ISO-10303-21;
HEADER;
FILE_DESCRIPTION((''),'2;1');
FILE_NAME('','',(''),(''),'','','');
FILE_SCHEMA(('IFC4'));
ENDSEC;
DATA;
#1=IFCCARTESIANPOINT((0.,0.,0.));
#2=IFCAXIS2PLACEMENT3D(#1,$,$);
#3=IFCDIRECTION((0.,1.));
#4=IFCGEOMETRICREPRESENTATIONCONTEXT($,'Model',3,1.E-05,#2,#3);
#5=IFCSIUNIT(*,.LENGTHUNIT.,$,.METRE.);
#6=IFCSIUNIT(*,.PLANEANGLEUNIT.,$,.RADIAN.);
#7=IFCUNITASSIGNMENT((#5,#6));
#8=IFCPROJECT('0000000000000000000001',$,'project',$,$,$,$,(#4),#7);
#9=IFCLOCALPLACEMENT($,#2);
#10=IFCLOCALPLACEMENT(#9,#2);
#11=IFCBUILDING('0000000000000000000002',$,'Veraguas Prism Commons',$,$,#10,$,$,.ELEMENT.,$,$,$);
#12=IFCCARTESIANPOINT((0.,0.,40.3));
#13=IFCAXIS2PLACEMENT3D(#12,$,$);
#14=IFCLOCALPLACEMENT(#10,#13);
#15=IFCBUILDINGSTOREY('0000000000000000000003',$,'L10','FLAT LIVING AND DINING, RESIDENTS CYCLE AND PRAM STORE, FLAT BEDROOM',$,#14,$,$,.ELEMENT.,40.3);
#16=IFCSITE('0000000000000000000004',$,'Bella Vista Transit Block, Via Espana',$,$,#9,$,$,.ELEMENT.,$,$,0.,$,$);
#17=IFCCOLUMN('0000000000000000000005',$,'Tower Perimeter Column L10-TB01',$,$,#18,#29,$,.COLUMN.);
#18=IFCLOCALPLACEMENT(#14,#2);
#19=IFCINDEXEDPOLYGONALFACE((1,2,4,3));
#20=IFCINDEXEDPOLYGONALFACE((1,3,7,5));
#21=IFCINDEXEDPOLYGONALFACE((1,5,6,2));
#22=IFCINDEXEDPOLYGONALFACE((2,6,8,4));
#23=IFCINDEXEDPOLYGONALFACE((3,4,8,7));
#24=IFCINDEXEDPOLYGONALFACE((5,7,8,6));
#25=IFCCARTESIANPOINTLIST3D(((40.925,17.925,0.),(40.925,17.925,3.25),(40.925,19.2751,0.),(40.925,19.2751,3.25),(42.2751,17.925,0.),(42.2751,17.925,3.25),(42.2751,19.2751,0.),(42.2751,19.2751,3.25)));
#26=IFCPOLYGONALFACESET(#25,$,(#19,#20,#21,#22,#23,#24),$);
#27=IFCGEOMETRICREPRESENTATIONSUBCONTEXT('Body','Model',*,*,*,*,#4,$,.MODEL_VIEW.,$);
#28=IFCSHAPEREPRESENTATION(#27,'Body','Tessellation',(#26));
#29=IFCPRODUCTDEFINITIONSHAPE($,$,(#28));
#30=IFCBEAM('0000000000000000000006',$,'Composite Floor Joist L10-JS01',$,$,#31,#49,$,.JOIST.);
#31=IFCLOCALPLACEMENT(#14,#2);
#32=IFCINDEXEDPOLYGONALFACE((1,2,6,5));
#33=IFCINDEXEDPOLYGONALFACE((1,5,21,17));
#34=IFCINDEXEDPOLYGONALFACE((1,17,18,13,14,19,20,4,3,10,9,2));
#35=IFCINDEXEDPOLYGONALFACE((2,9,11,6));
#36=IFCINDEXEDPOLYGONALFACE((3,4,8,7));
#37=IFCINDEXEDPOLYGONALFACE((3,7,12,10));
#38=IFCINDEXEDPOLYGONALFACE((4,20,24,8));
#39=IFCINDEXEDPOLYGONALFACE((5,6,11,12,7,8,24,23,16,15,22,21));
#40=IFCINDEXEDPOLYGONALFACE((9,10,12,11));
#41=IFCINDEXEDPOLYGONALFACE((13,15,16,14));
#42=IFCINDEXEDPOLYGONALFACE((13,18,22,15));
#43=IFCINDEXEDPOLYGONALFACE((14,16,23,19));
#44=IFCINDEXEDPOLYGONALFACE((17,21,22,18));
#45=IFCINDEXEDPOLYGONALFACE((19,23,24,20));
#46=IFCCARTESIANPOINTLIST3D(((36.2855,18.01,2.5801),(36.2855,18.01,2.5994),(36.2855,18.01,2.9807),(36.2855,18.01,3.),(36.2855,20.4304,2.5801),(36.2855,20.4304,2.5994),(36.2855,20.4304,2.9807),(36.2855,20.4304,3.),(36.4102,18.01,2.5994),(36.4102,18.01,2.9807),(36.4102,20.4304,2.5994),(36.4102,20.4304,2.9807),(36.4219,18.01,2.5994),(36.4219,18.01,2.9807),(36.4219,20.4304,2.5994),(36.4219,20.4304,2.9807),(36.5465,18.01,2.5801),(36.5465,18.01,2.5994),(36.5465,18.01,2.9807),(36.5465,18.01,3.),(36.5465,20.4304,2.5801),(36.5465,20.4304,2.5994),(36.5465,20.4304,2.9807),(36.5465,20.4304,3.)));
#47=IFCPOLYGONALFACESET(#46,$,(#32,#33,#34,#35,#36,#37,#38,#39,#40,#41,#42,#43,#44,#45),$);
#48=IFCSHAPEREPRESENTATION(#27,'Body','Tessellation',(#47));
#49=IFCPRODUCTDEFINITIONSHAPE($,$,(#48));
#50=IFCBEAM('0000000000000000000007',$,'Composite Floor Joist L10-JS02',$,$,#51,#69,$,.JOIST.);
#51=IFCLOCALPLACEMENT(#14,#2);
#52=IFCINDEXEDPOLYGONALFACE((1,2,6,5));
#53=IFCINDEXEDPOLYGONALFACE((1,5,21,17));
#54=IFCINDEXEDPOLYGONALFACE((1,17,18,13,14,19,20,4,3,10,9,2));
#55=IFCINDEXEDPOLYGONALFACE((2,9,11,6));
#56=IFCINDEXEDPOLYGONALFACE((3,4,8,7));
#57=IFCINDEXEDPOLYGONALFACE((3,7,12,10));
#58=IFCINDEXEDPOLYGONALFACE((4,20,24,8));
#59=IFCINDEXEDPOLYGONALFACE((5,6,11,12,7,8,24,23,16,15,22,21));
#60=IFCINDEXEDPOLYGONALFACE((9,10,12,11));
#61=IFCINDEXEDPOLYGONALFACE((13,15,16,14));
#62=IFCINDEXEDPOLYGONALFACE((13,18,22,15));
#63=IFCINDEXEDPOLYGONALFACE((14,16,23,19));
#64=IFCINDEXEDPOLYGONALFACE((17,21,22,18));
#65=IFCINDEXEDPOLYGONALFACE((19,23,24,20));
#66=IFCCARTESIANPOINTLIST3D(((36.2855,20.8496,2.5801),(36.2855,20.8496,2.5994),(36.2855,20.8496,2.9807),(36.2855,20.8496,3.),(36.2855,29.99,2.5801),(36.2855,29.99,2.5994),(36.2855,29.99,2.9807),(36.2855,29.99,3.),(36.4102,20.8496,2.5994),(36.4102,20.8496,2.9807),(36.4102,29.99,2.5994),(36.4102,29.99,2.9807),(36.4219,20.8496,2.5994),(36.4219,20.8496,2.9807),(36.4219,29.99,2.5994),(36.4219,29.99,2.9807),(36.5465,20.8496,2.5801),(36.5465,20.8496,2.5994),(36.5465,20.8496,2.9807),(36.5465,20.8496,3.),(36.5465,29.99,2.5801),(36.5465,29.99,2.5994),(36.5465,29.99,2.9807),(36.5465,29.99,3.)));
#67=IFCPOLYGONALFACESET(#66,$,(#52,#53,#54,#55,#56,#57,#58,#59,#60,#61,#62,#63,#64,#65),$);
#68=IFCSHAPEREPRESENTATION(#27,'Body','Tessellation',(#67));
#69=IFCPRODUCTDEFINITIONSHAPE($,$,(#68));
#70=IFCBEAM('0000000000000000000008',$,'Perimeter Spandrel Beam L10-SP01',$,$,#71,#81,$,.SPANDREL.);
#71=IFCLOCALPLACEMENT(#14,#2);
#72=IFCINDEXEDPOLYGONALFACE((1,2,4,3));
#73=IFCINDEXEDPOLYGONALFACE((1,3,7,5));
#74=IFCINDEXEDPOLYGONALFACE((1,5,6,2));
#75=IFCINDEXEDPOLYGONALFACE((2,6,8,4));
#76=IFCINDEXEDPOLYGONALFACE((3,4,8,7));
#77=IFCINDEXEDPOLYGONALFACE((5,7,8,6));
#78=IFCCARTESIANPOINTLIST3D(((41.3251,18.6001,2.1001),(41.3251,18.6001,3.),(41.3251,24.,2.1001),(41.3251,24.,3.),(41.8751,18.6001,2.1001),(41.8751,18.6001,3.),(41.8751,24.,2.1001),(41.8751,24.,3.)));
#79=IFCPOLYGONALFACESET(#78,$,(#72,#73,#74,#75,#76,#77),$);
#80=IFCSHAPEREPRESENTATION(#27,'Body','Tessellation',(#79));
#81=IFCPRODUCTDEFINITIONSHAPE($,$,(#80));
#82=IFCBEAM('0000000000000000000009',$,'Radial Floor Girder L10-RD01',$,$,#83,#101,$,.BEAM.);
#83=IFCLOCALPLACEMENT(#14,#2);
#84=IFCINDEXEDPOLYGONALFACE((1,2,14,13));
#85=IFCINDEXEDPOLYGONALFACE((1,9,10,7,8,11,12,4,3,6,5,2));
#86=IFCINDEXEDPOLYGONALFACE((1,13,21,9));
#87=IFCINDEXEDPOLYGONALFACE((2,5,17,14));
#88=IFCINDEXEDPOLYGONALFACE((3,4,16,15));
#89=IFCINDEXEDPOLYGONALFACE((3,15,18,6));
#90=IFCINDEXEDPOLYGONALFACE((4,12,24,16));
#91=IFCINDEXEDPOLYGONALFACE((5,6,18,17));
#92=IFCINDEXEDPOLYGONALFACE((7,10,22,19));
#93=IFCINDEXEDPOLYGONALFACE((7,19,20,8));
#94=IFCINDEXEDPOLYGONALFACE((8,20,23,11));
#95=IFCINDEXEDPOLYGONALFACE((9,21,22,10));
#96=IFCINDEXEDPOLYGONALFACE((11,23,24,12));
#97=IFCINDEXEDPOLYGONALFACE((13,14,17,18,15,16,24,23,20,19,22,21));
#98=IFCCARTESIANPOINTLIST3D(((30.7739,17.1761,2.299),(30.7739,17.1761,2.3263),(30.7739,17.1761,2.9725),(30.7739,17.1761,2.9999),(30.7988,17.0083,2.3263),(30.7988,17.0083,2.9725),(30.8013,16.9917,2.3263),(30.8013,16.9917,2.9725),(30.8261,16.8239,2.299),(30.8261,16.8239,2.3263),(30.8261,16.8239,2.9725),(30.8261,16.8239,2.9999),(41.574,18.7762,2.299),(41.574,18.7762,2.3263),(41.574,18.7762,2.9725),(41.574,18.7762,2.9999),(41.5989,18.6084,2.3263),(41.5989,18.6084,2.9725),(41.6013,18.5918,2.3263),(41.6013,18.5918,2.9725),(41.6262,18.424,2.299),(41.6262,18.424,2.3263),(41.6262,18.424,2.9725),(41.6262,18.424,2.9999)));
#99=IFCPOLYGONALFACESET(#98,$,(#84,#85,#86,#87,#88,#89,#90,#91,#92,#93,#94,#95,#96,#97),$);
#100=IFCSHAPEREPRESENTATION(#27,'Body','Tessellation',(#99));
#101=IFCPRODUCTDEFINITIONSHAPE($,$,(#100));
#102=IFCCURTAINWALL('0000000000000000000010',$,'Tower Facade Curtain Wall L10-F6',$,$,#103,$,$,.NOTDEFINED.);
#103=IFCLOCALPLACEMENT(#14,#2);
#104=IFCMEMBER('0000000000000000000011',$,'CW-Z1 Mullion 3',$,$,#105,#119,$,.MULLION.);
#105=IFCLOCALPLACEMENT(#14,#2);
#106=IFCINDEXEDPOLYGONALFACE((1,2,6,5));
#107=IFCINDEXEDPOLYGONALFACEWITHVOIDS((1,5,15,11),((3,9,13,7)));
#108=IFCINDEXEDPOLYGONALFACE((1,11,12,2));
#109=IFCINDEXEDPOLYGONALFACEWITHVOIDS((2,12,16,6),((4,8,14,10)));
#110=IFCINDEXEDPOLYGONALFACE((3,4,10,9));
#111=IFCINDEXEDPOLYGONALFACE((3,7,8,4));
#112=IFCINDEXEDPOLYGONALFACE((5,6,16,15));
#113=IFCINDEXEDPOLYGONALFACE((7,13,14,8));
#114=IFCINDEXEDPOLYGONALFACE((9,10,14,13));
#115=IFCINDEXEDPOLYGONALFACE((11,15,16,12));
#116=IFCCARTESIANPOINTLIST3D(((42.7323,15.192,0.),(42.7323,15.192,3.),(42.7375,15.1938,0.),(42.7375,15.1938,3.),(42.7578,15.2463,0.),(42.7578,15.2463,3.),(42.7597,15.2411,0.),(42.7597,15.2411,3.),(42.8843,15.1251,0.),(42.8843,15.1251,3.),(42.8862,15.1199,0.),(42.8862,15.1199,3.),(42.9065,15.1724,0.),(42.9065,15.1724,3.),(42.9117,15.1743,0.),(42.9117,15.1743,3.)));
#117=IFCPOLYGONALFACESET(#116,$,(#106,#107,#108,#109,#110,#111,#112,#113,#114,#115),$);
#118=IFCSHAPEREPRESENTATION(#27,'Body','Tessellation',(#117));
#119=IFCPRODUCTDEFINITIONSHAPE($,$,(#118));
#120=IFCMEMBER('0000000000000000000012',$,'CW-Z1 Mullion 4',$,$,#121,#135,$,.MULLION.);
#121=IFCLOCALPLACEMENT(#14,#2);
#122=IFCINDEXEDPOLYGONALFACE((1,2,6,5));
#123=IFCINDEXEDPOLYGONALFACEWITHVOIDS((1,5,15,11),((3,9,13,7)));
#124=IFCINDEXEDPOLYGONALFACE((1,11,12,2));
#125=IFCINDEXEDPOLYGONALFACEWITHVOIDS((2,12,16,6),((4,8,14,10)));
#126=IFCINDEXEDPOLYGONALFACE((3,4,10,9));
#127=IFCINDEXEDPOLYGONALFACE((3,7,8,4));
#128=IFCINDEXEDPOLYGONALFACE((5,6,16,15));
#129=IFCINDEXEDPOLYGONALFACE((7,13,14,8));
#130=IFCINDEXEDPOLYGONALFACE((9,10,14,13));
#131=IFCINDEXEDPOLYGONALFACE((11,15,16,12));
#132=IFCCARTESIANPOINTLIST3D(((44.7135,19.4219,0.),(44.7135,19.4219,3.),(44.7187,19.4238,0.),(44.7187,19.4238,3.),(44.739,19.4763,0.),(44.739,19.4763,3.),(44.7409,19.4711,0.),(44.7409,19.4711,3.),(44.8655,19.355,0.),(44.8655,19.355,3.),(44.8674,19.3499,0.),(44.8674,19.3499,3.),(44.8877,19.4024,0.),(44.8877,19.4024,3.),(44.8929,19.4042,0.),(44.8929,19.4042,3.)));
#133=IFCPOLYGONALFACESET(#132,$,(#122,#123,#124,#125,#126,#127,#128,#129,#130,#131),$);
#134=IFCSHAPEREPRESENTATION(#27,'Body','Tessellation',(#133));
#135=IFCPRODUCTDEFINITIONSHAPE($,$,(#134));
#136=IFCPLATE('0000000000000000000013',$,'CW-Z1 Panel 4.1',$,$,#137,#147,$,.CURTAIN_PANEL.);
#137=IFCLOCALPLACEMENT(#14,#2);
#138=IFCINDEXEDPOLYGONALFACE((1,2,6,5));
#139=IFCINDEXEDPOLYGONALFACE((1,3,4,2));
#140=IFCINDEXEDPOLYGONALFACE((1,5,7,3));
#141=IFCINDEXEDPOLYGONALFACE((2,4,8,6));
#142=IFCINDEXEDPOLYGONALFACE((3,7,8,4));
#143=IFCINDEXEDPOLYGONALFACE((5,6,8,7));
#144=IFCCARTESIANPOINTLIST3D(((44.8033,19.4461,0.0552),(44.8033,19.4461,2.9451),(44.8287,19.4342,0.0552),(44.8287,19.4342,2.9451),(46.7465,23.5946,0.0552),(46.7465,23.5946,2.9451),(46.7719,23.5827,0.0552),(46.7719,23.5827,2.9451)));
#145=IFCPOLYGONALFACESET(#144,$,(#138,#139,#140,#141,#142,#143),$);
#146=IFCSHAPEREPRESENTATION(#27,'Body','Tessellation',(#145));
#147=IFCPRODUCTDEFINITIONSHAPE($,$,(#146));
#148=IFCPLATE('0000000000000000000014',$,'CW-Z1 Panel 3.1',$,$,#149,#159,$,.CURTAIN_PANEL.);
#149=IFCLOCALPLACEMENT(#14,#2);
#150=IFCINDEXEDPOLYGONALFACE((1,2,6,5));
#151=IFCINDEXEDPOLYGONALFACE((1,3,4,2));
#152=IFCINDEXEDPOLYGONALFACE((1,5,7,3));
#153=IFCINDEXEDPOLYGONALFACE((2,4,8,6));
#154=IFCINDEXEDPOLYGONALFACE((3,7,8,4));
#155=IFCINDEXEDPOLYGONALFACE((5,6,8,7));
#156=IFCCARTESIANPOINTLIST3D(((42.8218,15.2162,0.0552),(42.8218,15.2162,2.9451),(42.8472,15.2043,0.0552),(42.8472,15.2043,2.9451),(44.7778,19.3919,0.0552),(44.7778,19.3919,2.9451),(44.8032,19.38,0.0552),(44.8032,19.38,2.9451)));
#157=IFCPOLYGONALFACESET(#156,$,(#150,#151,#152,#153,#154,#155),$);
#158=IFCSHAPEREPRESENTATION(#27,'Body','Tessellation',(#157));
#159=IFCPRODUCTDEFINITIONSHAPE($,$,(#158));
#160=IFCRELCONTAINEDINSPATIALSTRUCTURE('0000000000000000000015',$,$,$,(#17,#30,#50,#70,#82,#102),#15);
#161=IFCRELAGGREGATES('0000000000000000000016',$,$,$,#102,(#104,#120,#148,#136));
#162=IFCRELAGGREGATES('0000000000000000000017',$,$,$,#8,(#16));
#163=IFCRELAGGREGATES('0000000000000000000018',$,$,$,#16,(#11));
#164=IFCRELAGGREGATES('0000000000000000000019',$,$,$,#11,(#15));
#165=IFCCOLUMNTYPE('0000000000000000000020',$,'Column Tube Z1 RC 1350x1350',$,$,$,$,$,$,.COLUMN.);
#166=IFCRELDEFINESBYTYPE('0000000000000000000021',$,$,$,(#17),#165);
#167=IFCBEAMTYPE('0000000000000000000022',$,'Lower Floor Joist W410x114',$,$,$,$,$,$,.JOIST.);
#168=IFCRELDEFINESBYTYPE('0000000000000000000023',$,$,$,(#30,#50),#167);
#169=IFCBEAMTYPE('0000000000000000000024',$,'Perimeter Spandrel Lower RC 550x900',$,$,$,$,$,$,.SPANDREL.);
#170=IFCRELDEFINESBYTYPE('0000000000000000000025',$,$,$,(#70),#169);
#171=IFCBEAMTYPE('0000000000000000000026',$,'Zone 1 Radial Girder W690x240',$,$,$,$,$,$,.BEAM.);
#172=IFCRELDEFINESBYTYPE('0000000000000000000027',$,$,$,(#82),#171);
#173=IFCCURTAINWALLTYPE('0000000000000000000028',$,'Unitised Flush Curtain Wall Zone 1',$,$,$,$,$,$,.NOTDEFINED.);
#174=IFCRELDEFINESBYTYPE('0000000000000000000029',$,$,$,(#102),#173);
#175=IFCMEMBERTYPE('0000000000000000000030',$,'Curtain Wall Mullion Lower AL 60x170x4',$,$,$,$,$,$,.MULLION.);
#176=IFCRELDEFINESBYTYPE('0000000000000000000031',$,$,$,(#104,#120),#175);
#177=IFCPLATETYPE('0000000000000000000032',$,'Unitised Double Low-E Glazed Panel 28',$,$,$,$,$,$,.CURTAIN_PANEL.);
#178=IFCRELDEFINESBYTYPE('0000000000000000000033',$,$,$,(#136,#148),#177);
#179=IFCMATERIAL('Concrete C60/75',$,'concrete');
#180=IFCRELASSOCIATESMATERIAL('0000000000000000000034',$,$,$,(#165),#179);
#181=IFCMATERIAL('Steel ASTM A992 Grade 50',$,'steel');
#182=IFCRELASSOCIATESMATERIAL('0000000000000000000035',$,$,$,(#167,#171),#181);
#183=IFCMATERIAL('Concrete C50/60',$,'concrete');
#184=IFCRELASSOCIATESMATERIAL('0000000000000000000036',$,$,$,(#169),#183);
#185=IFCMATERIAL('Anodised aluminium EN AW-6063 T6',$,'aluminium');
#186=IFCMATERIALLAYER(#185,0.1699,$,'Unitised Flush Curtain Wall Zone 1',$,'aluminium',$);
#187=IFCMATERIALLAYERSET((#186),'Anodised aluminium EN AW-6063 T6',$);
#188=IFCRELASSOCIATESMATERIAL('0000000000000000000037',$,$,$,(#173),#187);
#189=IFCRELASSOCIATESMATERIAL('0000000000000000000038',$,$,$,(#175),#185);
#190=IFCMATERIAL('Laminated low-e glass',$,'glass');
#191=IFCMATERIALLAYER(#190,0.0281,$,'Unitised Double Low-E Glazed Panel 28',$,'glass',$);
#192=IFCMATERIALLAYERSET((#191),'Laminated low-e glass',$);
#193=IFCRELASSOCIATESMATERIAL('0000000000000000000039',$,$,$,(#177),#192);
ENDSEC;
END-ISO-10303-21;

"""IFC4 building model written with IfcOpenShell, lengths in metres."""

from ifc_helpers import new_model, si_unit, direction, frame, origin, origin_2d, place, context, subcontext, project, spatial, rectangle, hollow_rectangle, i_section, extrude, source, transform, mapped, material, layer, layer_set, material_profile, profile_set, type_object, element, aggregate, save


model = new_model("IFC4")

# Units and contexts
model_context = context("Model", 3, precision=1e-05, world=origin(), true_north=direction((0.0, 1.0)))
body_context = subcontext(model_context, "Body", "Model", "MODEL_VIEW")
ifc_project = project(units=[si_unit("LENGTHUNIT", "METRE"), si_unit("PLANEANGLEUNIT", "RADIAN")], contexts=[model_context])

# Site, building, storey
site_placement = place(None, origin())
site = spatial("IfcSite", under=ifc_project, at=site_placement, Name="Bella Vista Transit Block, Via Espana", CompositionType="ELEMENT", RefElevation=0.0)
building_placement = place(site_placement, origin())
building = spatial("IfcBuilding", under=site, at=building_placement, Name="Veraguas Prism Commons", CompositionType="ELEMENT")
storey_placement = place(building_placement, frame((0.0, 0.0, 40.3)))
storey = spatial("IfcBuildingStorey", under=building, at=storey_placement, Name="L10", Description="FLAT LIVING AND DINING, RESIDENTS CYCLE AND PRAM STORE, FLAT BEDROOM", CompositionType="ELEMENT", Elevation=40.3)

# Column
ifc_material_1 = material(Name="Concrete C60/75", Category="concrete")
ifc_material_profile_1 = material_profile(ifc_material_1, rectangle(XDim=1.3501, YDim=1.3501, at=origin_2d()), Name="RC1350X1350")
ifc_profile_set_1 = profile_set([ifc_material_profile_1], Name="Concrete C60/75")
column_type = type_object("IfcColumnType", Name="Column Tube Z1 RC 1350x1350", PredefinedType="COLUMN", material=ifc_profile_set_1)
column_placement = place(storey_placement, frame((41.6001, 18.6001, 0.0), z_axis=(0.0, 0.0, 1.0), x_axis=(1.0, 0.0, 0.0)))
element("IfcColumn", 1, at=column_placement, inside=storey, type_object=column_type, Name="Tower Perimeter Column L10-TB01", PredefinedType="COLUMN", context=body_context, shape_type="SweptSolid", body=[
    extrude(rectangle(XDim=1.3501, YDim=1.3501, at=origin_2d()), origin(), (0.0, 0.0, 1.0), 3.25),
])

# Beams
ifc_material_2 = material(Name="Steel ASTM A992 Grade 50", Category="steel")
ifc_material_profile_2 = material_profile(ifc_material_2, i_section(OverallWidth=0.261, OverallDepth=0.4199, WebThickness=0.0117, FlangeThickness=0.0193, at=origin_2d()), Name="W410X114")
ifc_profile_set_2 = profile_set([ifc_material_profile_2], Name="Steel ASTM A992 Grade 50")
beam_type_1 = type_object("IfcBeamType", Name="Lower Floor Joist W410x114", PredefinedType="JOIST", material=ifc_profile_set_2)
beam_1_placement = place(storey_placement, frame((36.416, 18.01, 2.79), z_axis=(0.0, 1.0, 0.0), x_axis=(-1.0, 0.0, 0.0)))
element("IfcBeam", 2, at=beam_1_placement, inside=storey, type_object=beam_type_1, Name="Composite Floor Joist L10-JS01", PredefinedType="JOIST", context=body_context, shape_type="SweptSolid", body=[
    extrude(i_section(OverallWidth=0.261, OverallDepth=0.4199, WebThickness=0.0117, FlangeThickness=0.0193, at=origin_2d()), origin(), (0.0, 0.0, 1.0), 2.4204),
])
beam_2_placement = place(storey_placement, frame((36.416, 20.8496, 2.79), z_axis=(0.0, 1.0, 0.0), x_axis=(-1.0, 0.0, 0.0)))
element("IfcBeam", 3, at=beam_2_placement, inside=storey, type_object=beam_type_1, Name="Composite Floor Joist L10-JS02", PredefinedType="JOIST", context=body_context, shape_type="SweptSolid", body=[
    extrude(i_section(OverallWidth=0.261, OverallDepth=0.4199, WebThickness=0.0117, FlangeThickness=0.0193, at=origin_2d()), origin(), (0.0, 0.0, 1.0), 9.1404),
])
ifc_material_3 = material(Name="Concrete C50/60", Category="concrete")
ifc_material_profile_3 = material_profile(ifc_material_3, rectangle(XDim=0.55, YDim=0.8999, at=origin_2d()), Name="RC550X900")
ifc_profile_set_3 = profile_set([ifc_material_profile_3], Name="Concrete C50/60")
beam_type_2 = type_object("IfcBeamType", Name="Perimeter Spandrel Lower RC 550x900", PredefinedType="SPANDREL", material=ifc_profile_set_3)
beam_3_placement = place(storey_placement, frame((41.6001, 18.6001, 2.55), z_axis=(0.0, 1.0, 0.0), x_axis=(-1.0, 0.0, 0.0)))
element("IfcBeam", 4, at=beam_3_placement, inside=storey, type_object=beam_type_2, Name="Perimeter Spandrel Beam L10-SP01", PredefinedType="SPANDREL", context=body_context, shape_type="SweptSolid", body=[
    extrude(rectangle(XDim=0.55, YDim=0.8999, at=origin_2d()), origin(), (0.0, 0.0, 1.0), 5.3999),
])
ifc_material_profile_4 = material_profile(ifc_material_2, i_section(OverallWidth=0.356, OverallDepth=0.7009, WebThickness=0.0168, FlangeThickness=0.0273, at=origin_2d()), Name="W690X240")
ifc_profile_set_4 = profile_set([ifc_material_profile_4], Name="Steel ASTM A992 Grade 50")
beam_type_3 = type_object("IfcBeamType", Name="Zone 1 Radial Girder W690x240", PredefinedType="BEAM", material=ifc_profile_set_4)
beam_4_placement = place(storey_placement, frame((41.6001, 18.6001, 2.6494), z_axis=(-0.989202, -0.146557, 0.0), x_axis=(0.146557, -0.989202, 0.0)))
element("IfcBeam", 5, at=beam_4_placement, inside=storey, type_object=beam_type_3, Name="Radial Floor Girder L10-RD01", PredefinedType="BEAM", context=body_context, shape_type="SweptSolid", body=[
    extrude(i_section(OverallWidth=0.356, OverallDepth=0.7009, WebThickness=0.0168, FlangeThickness=0.0273, at=origin_2d()), origin(), (0.0, 0.0, 1.0), 10.918),
])

# Curtain wall, members, plates
ifc_material_4 = material(Name="Anodised aluminium EN AW-6063 T6", Category="aluminium")
ifc_layer_1 = layer(ifc_material_4, 0.1699, Name="Unitised Flush Curtain Wall Zone 1", Category="aluminium")
ifc_layer_set_1 = layer_set([ifc_layer_1], Name="Anodised aluminium EN AW-6063 T6")
curtain_wall_type = type_object("IfcCurtainWallType", Name="Unitised Flush Curtain Wall Zone 1", PredefinedType="NOTDEFINED", material=ifc_layer_set_1)
curtain_wall_placement = place(storey_placement, origin())
curtain_wall = element("IfcCurtainWall", 6, at=curtain_wall_placement, inside=storey, type_object=curtain_wall_type, Name="Tower Facade Curtain Wall L10-F6", PredefinedType="NOTDEFINED")
ifc_material_profile_5 = material_profile(ifc_material_4, hollow_rectangle(XDim=0.0601, YDim=0.1699, WallThickness=0.0039, at=origin_2d()), Name="AL60X170X4")
ifc_profile_set_5 = profile_set([ifc_material_profile_5], Name="Anodised aluminium EN AW-6063 T6")
member_type = type_object("IfcMemberType", Name="Curtain Wall Mullion Lower AL 60x170x4", PredefinedType="MULLION", material=ifc_profile_set_5)
shared_shape_1 = source(origin(), body_context, "Body", "SweptSolid", [
    extrude(hollow_rectangle(XDim=0.0601, YDim=0.1699, WallThickness=0.0039, at=origin_2d()), origin(), (0.0, 0.0, 1.0), 3.0),
])
member_1_placement = place(storey_placement, frame((42.822, 15.1831, 0.0), z_axis=(0.0, 0.0, 1.0), x_axis=(0.424195, 0.905571, 0.0)))
member_1 = element("IfcMember", 7, at=member_1_placement, type_object=member_type, Name="CW-Z1 Mullion 3", PredefinedType="MULLION", context=body_context, shape_type="MappedRepresentation", body=[
    mapped(shared_shape_1, transform((0.0, 0.0, 0.0), scale=1.0)),
])
member_2_placement = place(storey_placement, frame((44.8032, 19.4131, 0.0), z_axis=(0.0, 0.0, 1.0), x_axis=(0.424195, 0.905571, 0.0)))
member_2 = element("IfcMember", 8, at=member_2_placement, type_object=member_type, Name="CW-Z1 Mullion 4", PredefinedType="MULLION", context=body_context, shape_type="MappedRepresentation", body=[
    mapped(shared_shape_1, transform((0.0, 0.0, 0.0), scale=1.0)),
])
ifc_material_5 = material(Name="Laminated low-e glass", Category="glass")
ifc_layer_2 = layer(ifc_material_5, 0.0281, Name="Unitised Double Low-E Glazed Panel 28", Category="glass")
ifc_layer_set_2 = layer_set([ifc_layer_2], Name="Laminated low-e glass")
plate_type = type_object("IfcPlateType", Name="Unitised Double Low-E Glazed Panel 28", PredefinedType="CURTAIN_PANEL", material=ifc_layer_set_2)
shared_shape_2 = source(origin(), body_context, "Body", "SweptSolid", [
    extrude(rectangle(XDim=4.5811, YDim=0.0281, at=origin_2d()), origin(), (0.0, 0.0, 1.0), 2.8899),
])
plate_1_placement = place(storey_placement, frame((45.7876, 21.5144, 0.0552), z_axis=(0.0, 0.0, 1.0), x_axis=(0.424195, 0.905571, 0.0)))
plate_1 = element("IfcPlate", 9, at=plate_1_placement, type_object=plate_type, Name="CW-Z1 Panel 4.1", PredefinedType="CURTAIN_PANEL", context=body_context, shape_type="MappedRepresentation", body=[
    mapped(shared_shape_2, transform((0.0, 0.0, 0.0), scale=1.0)),
])
shared_shape_3 = source(origin(), body_context, "Body", "SweptSolid", [
    extrude(rectangle(XDim=4.6111, YDim=0.0281, at=origin_2d()), origin(), (0.0, 0.0, 1.0), 2.8899),
])
plate_2_placement = place(storey_placement, frame((43.8125, 17.2981, 0.0552), z_axis=(0.0, 0.0, 1.0), x_axis=(0.424195, 0.905571, 0.0)))
plate_2 = element("IfcPlate", 10, at=plate_2_placement, type_object=plate_type, Name="CW-Z1 Panel 3.1", PredefinedType="CURTAIN_PANEL", context=body_context, shape_type="MappedRepresentation", body=[
    mapped(shared_shape_3, transform((0.0, 0.0, 0.0), scale=1.0)),
])
aggregate(curtain_wall, [member_1, member_2, plate_2, plate_1])

save(model, "model.ifc")
